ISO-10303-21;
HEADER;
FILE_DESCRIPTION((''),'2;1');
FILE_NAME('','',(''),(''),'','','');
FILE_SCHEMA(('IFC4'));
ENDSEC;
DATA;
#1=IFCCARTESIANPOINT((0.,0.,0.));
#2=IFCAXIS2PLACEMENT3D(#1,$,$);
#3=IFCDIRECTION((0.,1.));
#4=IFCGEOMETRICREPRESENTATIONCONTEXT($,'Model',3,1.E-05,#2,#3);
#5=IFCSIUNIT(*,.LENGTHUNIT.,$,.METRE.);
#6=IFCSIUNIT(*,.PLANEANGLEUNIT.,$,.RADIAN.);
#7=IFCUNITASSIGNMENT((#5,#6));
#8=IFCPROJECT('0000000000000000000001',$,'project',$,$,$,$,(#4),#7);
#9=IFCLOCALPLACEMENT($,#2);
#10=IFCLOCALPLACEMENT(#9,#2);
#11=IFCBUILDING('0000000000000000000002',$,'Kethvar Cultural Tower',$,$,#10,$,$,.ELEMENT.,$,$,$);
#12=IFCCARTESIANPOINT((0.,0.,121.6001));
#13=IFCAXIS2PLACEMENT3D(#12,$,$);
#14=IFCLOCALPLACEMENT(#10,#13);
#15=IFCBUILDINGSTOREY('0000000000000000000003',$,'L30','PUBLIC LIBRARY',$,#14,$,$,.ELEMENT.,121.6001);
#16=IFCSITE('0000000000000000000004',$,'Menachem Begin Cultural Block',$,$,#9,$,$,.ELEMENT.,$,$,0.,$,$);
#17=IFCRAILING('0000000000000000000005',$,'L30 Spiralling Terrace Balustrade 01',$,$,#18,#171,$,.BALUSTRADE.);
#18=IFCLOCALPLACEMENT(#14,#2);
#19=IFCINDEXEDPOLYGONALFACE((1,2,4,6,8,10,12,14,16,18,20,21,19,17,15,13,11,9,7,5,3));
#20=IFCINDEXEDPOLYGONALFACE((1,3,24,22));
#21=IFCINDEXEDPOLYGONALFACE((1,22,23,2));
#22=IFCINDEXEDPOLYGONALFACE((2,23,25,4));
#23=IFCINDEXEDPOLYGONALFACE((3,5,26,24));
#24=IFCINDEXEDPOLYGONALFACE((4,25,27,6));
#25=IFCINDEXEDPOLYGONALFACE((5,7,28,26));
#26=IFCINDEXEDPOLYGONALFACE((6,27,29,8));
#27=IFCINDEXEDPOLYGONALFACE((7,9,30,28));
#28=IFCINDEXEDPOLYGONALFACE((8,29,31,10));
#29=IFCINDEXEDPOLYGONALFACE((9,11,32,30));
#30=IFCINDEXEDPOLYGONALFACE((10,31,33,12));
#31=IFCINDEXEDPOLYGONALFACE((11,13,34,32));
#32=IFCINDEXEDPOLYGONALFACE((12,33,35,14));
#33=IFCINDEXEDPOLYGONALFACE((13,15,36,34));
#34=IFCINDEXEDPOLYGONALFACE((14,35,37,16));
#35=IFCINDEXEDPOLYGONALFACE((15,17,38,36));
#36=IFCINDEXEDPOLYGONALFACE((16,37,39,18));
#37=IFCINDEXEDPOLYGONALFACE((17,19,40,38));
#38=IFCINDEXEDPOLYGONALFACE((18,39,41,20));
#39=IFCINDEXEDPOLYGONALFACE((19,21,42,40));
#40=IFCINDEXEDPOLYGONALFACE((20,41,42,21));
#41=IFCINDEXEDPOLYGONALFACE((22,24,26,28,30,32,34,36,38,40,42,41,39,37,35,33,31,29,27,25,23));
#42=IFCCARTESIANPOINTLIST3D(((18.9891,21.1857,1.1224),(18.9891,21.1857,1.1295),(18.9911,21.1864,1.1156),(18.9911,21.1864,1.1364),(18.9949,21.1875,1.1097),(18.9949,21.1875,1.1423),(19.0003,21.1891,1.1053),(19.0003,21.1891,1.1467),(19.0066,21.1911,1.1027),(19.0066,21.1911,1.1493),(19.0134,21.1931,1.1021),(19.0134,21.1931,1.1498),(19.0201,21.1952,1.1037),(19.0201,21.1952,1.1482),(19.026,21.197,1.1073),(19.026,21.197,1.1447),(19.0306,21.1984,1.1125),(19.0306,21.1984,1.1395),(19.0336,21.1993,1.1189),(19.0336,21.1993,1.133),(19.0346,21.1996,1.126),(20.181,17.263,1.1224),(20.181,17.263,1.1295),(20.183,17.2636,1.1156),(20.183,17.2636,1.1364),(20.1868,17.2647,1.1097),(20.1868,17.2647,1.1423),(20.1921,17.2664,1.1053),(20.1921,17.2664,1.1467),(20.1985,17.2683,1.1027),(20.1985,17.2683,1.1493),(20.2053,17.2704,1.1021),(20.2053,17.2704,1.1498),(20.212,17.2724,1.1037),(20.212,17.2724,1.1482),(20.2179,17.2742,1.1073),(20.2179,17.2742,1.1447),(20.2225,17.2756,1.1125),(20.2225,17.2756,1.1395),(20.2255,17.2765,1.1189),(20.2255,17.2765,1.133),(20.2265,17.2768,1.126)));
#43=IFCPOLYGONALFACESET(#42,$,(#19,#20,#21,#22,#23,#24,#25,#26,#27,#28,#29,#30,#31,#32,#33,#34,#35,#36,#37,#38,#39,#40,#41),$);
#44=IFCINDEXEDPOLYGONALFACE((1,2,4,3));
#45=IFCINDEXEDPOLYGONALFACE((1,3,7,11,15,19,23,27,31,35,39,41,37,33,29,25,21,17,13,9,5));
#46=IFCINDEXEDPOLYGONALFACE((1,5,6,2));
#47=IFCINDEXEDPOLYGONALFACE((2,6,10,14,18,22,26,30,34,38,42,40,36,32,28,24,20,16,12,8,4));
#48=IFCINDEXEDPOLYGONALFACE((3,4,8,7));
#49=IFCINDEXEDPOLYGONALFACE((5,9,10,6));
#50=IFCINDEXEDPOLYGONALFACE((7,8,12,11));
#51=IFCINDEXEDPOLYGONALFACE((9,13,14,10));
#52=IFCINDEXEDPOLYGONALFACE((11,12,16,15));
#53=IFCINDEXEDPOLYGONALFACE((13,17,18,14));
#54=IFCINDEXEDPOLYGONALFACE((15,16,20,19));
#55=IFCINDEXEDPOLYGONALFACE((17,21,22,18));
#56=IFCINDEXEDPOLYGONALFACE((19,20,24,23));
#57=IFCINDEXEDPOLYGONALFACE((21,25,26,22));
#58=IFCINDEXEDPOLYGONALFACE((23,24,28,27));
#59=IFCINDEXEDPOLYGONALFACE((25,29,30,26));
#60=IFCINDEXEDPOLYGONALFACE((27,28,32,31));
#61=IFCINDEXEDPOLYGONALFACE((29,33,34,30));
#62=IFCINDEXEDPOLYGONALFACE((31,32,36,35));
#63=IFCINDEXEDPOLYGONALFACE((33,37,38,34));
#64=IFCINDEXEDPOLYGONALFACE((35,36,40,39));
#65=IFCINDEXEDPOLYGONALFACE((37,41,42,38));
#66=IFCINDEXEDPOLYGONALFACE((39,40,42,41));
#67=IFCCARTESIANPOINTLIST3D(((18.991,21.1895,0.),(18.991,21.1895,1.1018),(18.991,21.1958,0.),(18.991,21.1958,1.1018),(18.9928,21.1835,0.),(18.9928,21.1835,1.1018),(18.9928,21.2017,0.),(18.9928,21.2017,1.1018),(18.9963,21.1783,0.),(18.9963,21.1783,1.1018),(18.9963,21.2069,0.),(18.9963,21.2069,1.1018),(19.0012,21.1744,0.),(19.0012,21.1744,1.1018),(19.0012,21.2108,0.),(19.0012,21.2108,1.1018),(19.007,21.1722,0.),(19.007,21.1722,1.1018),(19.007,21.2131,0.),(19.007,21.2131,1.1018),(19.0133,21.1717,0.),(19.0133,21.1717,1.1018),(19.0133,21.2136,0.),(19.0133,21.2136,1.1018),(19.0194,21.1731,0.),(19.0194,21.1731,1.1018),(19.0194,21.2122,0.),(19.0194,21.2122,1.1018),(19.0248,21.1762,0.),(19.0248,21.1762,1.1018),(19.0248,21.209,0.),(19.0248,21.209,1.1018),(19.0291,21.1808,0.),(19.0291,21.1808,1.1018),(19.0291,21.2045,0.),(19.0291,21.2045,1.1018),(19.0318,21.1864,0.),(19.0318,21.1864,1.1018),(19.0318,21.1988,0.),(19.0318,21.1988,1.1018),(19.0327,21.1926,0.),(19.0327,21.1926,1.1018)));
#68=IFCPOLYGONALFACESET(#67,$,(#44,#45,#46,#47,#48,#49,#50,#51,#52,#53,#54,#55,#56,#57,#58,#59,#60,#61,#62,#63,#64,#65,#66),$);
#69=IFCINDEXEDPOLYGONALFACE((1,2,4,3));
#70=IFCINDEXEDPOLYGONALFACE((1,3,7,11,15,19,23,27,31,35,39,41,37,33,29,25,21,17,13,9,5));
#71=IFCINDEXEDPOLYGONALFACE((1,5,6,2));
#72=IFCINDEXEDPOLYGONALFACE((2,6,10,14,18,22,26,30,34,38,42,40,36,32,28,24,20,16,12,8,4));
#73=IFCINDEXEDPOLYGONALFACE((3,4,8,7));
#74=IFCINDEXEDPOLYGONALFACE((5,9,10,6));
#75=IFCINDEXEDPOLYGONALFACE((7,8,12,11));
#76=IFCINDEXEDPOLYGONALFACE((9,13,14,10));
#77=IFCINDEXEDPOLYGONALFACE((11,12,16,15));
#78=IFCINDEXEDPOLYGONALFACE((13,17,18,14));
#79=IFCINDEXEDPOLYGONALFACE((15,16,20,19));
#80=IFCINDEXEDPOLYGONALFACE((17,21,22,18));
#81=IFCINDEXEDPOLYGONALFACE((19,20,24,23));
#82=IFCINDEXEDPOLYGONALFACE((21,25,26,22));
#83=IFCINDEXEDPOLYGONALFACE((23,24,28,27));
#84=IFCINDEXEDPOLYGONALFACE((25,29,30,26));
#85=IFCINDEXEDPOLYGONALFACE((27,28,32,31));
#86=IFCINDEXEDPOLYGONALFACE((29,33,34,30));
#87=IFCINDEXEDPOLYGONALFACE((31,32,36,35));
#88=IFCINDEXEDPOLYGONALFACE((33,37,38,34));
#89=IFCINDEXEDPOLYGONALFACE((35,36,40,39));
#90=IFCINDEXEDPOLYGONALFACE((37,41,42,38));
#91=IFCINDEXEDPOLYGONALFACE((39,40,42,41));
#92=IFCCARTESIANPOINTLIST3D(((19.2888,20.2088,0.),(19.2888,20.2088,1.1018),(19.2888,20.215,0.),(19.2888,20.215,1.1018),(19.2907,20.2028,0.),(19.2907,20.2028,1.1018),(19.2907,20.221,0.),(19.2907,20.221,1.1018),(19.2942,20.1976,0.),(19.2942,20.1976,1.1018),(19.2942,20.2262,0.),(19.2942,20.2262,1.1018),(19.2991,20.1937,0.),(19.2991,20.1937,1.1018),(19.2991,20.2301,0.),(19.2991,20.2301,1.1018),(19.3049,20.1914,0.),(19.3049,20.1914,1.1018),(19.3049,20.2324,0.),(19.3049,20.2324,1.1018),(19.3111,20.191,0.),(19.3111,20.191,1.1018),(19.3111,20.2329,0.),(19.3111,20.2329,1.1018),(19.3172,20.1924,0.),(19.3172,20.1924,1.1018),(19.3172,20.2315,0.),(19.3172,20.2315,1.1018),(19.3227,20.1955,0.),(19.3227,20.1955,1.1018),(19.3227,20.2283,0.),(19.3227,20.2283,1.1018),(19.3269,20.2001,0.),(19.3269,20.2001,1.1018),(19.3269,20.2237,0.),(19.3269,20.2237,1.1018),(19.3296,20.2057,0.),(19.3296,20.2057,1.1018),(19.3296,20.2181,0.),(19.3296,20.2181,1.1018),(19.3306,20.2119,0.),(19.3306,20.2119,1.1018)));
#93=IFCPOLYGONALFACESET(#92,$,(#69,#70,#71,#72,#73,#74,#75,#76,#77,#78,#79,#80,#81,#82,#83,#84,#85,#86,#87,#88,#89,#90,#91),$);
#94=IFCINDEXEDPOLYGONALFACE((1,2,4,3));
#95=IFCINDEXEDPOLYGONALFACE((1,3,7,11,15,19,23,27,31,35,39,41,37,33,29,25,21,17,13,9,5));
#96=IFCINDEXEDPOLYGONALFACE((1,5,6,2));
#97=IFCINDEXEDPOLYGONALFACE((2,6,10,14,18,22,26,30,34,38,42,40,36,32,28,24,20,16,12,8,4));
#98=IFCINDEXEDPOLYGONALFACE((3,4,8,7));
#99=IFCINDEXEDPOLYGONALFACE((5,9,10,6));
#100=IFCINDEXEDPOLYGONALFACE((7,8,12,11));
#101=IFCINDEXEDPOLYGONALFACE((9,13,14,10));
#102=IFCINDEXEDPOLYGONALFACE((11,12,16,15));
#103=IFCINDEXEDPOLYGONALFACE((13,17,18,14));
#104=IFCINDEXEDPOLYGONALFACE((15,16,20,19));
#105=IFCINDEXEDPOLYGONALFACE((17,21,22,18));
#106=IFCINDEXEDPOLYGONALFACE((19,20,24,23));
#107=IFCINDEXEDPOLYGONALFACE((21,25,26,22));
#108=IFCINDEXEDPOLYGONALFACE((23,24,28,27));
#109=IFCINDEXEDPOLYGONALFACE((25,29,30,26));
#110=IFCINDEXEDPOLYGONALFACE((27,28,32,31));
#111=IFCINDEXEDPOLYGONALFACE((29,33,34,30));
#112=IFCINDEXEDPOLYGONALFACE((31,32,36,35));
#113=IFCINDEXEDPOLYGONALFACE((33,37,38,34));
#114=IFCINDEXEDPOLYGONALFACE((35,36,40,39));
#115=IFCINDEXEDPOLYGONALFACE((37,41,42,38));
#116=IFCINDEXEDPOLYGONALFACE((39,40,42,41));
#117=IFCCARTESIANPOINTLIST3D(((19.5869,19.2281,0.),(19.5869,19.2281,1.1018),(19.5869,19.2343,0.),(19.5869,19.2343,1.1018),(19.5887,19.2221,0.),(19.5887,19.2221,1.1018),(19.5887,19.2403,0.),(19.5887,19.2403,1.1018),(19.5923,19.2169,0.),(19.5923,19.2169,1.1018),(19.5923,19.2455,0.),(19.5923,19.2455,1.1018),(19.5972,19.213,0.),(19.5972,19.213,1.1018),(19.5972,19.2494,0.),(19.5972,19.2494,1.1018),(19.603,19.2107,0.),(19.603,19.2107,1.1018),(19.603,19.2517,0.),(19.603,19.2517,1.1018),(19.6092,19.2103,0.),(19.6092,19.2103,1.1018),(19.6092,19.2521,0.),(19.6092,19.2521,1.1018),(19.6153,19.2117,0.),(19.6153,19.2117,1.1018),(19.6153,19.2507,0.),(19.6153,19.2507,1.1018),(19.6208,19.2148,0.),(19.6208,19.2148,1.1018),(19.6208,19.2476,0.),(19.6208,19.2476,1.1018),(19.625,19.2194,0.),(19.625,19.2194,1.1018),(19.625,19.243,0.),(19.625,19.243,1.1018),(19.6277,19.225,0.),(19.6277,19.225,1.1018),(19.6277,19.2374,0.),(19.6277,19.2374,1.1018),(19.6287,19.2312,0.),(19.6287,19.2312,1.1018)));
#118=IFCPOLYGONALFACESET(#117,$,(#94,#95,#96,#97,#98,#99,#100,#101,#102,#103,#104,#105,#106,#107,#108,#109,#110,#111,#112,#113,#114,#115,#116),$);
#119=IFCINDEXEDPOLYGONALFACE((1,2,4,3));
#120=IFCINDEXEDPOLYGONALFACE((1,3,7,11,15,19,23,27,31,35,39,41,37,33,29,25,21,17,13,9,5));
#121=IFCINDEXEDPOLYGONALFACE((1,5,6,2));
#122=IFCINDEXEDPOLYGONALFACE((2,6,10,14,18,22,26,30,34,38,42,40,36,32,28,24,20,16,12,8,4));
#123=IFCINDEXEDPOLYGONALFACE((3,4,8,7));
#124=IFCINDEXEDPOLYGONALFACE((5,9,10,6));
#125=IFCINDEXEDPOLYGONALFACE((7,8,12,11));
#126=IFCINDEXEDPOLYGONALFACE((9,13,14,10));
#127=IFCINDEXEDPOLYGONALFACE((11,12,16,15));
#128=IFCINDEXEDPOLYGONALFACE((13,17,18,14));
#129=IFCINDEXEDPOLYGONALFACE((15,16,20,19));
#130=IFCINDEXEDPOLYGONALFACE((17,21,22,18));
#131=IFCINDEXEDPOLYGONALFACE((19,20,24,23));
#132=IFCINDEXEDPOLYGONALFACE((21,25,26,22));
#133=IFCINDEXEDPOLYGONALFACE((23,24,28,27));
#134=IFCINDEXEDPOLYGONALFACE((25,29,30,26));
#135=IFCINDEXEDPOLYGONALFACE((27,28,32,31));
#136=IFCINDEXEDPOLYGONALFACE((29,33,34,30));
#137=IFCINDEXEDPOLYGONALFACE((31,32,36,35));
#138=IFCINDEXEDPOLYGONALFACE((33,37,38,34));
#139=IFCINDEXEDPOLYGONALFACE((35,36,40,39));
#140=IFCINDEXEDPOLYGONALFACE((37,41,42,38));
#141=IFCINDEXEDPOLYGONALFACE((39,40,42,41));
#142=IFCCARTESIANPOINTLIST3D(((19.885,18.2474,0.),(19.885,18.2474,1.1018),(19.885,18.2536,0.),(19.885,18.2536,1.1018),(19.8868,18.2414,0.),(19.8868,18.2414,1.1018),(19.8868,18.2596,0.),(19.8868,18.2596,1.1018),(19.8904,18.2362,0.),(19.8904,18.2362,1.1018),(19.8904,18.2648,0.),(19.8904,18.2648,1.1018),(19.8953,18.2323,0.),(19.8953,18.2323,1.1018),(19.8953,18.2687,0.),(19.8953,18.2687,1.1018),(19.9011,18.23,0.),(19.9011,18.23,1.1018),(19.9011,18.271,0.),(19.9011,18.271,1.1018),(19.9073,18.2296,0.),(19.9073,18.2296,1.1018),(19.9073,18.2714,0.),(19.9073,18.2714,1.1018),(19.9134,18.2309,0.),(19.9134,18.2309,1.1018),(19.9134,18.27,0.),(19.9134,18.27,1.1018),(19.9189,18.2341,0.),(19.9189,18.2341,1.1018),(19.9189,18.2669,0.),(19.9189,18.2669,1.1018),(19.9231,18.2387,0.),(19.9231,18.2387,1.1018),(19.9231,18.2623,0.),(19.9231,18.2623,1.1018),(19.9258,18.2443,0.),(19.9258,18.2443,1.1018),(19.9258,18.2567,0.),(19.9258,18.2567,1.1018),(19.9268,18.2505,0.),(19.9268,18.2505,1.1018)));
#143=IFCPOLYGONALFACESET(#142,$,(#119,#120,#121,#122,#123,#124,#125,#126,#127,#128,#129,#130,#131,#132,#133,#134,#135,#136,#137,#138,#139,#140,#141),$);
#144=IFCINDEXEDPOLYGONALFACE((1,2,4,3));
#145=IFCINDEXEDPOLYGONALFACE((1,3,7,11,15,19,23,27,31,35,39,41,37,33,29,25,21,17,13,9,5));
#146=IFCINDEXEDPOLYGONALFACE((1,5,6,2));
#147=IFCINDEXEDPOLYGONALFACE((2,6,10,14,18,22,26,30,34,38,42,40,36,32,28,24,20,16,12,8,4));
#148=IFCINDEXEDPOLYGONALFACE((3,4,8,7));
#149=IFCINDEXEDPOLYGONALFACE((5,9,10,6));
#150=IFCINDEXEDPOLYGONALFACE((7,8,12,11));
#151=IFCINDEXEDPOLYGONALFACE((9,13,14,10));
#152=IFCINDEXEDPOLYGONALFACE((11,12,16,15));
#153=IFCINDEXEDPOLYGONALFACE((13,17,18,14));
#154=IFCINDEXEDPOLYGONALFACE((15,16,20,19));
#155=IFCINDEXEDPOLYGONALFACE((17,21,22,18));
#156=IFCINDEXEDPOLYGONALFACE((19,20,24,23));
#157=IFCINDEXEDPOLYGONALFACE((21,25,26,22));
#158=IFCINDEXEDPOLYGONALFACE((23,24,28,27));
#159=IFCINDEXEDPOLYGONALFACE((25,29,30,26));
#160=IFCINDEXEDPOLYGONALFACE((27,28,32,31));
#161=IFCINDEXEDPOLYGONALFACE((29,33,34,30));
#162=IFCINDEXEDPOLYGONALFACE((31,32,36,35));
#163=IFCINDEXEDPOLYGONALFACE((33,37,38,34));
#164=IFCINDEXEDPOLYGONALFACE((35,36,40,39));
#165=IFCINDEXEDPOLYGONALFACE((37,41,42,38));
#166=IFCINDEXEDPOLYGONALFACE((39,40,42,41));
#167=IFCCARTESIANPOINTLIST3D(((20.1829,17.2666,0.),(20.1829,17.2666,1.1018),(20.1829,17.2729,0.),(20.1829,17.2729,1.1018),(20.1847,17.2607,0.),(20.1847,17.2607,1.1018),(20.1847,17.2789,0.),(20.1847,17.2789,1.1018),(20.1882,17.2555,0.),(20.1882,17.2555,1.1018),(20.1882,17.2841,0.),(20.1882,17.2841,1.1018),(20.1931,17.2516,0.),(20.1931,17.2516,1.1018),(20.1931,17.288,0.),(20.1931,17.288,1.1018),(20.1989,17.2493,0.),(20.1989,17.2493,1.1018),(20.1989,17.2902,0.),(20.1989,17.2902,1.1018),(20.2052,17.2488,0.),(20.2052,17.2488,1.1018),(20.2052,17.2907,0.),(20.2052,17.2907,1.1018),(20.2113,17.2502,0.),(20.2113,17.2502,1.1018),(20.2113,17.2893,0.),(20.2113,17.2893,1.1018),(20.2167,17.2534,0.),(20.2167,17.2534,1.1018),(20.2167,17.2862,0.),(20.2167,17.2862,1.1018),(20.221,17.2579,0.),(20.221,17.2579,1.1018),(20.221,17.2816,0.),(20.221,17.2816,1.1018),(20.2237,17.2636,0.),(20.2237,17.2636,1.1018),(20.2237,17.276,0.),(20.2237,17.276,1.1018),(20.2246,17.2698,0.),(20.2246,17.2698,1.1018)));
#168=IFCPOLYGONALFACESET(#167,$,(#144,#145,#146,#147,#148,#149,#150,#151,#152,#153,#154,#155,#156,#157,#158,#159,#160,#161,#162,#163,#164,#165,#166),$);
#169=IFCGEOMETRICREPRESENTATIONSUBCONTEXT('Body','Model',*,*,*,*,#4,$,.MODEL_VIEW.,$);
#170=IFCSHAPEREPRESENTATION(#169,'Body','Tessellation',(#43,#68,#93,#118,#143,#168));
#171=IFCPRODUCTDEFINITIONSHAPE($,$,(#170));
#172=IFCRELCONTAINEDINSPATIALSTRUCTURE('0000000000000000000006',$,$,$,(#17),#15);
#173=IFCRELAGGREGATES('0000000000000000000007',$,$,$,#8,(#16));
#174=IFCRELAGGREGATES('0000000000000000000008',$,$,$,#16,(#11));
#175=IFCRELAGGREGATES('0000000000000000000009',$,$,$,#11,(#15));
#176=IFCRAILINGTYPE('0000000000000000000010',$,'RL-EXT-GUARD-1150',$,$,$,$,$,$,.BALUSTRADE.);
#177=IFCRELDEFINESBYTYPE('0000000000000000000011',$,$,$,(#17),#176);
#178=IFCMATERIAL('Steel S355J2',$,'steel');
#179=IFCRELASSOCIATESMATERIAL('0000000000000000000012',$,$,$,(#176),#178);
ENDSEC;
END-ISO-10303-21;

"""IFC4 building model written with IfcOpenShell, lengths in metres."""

from ifc_helpers import new_model, si_unit, direction, frame, origin, origin_2d, place, context, subcontext, project, spatial, circle, extrude, material, type_object, element, save


model = new_model("IFC4")

# Units and contexts
model_context = context("Model", 3, precision=1e-05, world=origin(), true_north=direction((0.0, 1.0)))
body_context = subcontext(model_context, "Body", "Model", "MODEL_VIEW")
ifc_project = project(units=[si_unit("LENGTHUNIT", "METRE"), si_unit("PLANEANGLEUNIT", "RADIAN")], contexts=[model_context])

# Site, building, storey
site_placement = place(None, origin())
site = spatial("IfcSite", under=ifc_project, at=site_placement, Name="Menachem Begin Cultural Block", CompositionType="ELEMENT", RefElevation=0.0)
building_placement = place(site_placement, origin())
building = spatial("IfcBuilding", under=site, at=building_placement, Name="Kethvar Cultural Tower", CompositionType="ELEMENT")
storey_placement = place(building_placement, frame((0.0, 0.0, 121.6001)))
storey = spatial("IfcBuildingStorey", under=building, at=storey_placement, Name="L30", Description="PUBLIC LIBRARY", CompositionType="ELEMENT", Elevation=121.6001)

# Shared definitions
ifc_material_1 = material(Name="Steel S355J2", Category="steel")

# Railing
railing_type = type_object("IfcRailingType", Name="RL-EXT-GUARD-1150", PredefinedType="BALUSTRADE", material=ifc_material_1)
railing_1_placement = place(storey_placement, frame((19.0117, 21.1926, 0.0)))
element("IfcRailing", 1, at=railing_1_placement, inside=storey, type_object=railing_type, Name="L30 Spiralling Terrace Balustrade 01", PredefinedType="BALUSTRADE", context=body_context, shape_type="SweptSolid", body=[
    extrude(circle(Radius=0.0239, at=origin_2d()), frame((0.0, 0.0, 1.126), z_axis=(0.290711, -0.956811, 0.0), x_axis=(0.956811, 0.290711, 0.0)), (0.0, 0.0, 1.0), 4.0999),
    extrude(circle(Radius=0.021, at=origin_2d()), origin(), (0.0, 0.0, 1.0), 1.1018),
    extrude(circle(Radius=0.021, at=origin_2d()), frame((0.2979, -0.9807, 0.0)), (0.0, 0.0, 1.0), 1.1018),
    extrude(circle(Radius=0.021, at=origin_2d()), frame((0.5959, -1.9614, 0.0)), (0.0, 0.0, 1.0), 1.1018),
    extrude(circle(Radius=0.021, at=origin_2d()), frame((0.894, -2.9421, 0.0)), (0.0, 0.0, 1.0), 1.1018),
    extrude(circle(Radius=0.021, at=origin_2d()), frame((1.1919, -3.9229, 0.0)), (0.0, 0.0, 1.0), 1.1018),
])

save(model, "model.ifc")
